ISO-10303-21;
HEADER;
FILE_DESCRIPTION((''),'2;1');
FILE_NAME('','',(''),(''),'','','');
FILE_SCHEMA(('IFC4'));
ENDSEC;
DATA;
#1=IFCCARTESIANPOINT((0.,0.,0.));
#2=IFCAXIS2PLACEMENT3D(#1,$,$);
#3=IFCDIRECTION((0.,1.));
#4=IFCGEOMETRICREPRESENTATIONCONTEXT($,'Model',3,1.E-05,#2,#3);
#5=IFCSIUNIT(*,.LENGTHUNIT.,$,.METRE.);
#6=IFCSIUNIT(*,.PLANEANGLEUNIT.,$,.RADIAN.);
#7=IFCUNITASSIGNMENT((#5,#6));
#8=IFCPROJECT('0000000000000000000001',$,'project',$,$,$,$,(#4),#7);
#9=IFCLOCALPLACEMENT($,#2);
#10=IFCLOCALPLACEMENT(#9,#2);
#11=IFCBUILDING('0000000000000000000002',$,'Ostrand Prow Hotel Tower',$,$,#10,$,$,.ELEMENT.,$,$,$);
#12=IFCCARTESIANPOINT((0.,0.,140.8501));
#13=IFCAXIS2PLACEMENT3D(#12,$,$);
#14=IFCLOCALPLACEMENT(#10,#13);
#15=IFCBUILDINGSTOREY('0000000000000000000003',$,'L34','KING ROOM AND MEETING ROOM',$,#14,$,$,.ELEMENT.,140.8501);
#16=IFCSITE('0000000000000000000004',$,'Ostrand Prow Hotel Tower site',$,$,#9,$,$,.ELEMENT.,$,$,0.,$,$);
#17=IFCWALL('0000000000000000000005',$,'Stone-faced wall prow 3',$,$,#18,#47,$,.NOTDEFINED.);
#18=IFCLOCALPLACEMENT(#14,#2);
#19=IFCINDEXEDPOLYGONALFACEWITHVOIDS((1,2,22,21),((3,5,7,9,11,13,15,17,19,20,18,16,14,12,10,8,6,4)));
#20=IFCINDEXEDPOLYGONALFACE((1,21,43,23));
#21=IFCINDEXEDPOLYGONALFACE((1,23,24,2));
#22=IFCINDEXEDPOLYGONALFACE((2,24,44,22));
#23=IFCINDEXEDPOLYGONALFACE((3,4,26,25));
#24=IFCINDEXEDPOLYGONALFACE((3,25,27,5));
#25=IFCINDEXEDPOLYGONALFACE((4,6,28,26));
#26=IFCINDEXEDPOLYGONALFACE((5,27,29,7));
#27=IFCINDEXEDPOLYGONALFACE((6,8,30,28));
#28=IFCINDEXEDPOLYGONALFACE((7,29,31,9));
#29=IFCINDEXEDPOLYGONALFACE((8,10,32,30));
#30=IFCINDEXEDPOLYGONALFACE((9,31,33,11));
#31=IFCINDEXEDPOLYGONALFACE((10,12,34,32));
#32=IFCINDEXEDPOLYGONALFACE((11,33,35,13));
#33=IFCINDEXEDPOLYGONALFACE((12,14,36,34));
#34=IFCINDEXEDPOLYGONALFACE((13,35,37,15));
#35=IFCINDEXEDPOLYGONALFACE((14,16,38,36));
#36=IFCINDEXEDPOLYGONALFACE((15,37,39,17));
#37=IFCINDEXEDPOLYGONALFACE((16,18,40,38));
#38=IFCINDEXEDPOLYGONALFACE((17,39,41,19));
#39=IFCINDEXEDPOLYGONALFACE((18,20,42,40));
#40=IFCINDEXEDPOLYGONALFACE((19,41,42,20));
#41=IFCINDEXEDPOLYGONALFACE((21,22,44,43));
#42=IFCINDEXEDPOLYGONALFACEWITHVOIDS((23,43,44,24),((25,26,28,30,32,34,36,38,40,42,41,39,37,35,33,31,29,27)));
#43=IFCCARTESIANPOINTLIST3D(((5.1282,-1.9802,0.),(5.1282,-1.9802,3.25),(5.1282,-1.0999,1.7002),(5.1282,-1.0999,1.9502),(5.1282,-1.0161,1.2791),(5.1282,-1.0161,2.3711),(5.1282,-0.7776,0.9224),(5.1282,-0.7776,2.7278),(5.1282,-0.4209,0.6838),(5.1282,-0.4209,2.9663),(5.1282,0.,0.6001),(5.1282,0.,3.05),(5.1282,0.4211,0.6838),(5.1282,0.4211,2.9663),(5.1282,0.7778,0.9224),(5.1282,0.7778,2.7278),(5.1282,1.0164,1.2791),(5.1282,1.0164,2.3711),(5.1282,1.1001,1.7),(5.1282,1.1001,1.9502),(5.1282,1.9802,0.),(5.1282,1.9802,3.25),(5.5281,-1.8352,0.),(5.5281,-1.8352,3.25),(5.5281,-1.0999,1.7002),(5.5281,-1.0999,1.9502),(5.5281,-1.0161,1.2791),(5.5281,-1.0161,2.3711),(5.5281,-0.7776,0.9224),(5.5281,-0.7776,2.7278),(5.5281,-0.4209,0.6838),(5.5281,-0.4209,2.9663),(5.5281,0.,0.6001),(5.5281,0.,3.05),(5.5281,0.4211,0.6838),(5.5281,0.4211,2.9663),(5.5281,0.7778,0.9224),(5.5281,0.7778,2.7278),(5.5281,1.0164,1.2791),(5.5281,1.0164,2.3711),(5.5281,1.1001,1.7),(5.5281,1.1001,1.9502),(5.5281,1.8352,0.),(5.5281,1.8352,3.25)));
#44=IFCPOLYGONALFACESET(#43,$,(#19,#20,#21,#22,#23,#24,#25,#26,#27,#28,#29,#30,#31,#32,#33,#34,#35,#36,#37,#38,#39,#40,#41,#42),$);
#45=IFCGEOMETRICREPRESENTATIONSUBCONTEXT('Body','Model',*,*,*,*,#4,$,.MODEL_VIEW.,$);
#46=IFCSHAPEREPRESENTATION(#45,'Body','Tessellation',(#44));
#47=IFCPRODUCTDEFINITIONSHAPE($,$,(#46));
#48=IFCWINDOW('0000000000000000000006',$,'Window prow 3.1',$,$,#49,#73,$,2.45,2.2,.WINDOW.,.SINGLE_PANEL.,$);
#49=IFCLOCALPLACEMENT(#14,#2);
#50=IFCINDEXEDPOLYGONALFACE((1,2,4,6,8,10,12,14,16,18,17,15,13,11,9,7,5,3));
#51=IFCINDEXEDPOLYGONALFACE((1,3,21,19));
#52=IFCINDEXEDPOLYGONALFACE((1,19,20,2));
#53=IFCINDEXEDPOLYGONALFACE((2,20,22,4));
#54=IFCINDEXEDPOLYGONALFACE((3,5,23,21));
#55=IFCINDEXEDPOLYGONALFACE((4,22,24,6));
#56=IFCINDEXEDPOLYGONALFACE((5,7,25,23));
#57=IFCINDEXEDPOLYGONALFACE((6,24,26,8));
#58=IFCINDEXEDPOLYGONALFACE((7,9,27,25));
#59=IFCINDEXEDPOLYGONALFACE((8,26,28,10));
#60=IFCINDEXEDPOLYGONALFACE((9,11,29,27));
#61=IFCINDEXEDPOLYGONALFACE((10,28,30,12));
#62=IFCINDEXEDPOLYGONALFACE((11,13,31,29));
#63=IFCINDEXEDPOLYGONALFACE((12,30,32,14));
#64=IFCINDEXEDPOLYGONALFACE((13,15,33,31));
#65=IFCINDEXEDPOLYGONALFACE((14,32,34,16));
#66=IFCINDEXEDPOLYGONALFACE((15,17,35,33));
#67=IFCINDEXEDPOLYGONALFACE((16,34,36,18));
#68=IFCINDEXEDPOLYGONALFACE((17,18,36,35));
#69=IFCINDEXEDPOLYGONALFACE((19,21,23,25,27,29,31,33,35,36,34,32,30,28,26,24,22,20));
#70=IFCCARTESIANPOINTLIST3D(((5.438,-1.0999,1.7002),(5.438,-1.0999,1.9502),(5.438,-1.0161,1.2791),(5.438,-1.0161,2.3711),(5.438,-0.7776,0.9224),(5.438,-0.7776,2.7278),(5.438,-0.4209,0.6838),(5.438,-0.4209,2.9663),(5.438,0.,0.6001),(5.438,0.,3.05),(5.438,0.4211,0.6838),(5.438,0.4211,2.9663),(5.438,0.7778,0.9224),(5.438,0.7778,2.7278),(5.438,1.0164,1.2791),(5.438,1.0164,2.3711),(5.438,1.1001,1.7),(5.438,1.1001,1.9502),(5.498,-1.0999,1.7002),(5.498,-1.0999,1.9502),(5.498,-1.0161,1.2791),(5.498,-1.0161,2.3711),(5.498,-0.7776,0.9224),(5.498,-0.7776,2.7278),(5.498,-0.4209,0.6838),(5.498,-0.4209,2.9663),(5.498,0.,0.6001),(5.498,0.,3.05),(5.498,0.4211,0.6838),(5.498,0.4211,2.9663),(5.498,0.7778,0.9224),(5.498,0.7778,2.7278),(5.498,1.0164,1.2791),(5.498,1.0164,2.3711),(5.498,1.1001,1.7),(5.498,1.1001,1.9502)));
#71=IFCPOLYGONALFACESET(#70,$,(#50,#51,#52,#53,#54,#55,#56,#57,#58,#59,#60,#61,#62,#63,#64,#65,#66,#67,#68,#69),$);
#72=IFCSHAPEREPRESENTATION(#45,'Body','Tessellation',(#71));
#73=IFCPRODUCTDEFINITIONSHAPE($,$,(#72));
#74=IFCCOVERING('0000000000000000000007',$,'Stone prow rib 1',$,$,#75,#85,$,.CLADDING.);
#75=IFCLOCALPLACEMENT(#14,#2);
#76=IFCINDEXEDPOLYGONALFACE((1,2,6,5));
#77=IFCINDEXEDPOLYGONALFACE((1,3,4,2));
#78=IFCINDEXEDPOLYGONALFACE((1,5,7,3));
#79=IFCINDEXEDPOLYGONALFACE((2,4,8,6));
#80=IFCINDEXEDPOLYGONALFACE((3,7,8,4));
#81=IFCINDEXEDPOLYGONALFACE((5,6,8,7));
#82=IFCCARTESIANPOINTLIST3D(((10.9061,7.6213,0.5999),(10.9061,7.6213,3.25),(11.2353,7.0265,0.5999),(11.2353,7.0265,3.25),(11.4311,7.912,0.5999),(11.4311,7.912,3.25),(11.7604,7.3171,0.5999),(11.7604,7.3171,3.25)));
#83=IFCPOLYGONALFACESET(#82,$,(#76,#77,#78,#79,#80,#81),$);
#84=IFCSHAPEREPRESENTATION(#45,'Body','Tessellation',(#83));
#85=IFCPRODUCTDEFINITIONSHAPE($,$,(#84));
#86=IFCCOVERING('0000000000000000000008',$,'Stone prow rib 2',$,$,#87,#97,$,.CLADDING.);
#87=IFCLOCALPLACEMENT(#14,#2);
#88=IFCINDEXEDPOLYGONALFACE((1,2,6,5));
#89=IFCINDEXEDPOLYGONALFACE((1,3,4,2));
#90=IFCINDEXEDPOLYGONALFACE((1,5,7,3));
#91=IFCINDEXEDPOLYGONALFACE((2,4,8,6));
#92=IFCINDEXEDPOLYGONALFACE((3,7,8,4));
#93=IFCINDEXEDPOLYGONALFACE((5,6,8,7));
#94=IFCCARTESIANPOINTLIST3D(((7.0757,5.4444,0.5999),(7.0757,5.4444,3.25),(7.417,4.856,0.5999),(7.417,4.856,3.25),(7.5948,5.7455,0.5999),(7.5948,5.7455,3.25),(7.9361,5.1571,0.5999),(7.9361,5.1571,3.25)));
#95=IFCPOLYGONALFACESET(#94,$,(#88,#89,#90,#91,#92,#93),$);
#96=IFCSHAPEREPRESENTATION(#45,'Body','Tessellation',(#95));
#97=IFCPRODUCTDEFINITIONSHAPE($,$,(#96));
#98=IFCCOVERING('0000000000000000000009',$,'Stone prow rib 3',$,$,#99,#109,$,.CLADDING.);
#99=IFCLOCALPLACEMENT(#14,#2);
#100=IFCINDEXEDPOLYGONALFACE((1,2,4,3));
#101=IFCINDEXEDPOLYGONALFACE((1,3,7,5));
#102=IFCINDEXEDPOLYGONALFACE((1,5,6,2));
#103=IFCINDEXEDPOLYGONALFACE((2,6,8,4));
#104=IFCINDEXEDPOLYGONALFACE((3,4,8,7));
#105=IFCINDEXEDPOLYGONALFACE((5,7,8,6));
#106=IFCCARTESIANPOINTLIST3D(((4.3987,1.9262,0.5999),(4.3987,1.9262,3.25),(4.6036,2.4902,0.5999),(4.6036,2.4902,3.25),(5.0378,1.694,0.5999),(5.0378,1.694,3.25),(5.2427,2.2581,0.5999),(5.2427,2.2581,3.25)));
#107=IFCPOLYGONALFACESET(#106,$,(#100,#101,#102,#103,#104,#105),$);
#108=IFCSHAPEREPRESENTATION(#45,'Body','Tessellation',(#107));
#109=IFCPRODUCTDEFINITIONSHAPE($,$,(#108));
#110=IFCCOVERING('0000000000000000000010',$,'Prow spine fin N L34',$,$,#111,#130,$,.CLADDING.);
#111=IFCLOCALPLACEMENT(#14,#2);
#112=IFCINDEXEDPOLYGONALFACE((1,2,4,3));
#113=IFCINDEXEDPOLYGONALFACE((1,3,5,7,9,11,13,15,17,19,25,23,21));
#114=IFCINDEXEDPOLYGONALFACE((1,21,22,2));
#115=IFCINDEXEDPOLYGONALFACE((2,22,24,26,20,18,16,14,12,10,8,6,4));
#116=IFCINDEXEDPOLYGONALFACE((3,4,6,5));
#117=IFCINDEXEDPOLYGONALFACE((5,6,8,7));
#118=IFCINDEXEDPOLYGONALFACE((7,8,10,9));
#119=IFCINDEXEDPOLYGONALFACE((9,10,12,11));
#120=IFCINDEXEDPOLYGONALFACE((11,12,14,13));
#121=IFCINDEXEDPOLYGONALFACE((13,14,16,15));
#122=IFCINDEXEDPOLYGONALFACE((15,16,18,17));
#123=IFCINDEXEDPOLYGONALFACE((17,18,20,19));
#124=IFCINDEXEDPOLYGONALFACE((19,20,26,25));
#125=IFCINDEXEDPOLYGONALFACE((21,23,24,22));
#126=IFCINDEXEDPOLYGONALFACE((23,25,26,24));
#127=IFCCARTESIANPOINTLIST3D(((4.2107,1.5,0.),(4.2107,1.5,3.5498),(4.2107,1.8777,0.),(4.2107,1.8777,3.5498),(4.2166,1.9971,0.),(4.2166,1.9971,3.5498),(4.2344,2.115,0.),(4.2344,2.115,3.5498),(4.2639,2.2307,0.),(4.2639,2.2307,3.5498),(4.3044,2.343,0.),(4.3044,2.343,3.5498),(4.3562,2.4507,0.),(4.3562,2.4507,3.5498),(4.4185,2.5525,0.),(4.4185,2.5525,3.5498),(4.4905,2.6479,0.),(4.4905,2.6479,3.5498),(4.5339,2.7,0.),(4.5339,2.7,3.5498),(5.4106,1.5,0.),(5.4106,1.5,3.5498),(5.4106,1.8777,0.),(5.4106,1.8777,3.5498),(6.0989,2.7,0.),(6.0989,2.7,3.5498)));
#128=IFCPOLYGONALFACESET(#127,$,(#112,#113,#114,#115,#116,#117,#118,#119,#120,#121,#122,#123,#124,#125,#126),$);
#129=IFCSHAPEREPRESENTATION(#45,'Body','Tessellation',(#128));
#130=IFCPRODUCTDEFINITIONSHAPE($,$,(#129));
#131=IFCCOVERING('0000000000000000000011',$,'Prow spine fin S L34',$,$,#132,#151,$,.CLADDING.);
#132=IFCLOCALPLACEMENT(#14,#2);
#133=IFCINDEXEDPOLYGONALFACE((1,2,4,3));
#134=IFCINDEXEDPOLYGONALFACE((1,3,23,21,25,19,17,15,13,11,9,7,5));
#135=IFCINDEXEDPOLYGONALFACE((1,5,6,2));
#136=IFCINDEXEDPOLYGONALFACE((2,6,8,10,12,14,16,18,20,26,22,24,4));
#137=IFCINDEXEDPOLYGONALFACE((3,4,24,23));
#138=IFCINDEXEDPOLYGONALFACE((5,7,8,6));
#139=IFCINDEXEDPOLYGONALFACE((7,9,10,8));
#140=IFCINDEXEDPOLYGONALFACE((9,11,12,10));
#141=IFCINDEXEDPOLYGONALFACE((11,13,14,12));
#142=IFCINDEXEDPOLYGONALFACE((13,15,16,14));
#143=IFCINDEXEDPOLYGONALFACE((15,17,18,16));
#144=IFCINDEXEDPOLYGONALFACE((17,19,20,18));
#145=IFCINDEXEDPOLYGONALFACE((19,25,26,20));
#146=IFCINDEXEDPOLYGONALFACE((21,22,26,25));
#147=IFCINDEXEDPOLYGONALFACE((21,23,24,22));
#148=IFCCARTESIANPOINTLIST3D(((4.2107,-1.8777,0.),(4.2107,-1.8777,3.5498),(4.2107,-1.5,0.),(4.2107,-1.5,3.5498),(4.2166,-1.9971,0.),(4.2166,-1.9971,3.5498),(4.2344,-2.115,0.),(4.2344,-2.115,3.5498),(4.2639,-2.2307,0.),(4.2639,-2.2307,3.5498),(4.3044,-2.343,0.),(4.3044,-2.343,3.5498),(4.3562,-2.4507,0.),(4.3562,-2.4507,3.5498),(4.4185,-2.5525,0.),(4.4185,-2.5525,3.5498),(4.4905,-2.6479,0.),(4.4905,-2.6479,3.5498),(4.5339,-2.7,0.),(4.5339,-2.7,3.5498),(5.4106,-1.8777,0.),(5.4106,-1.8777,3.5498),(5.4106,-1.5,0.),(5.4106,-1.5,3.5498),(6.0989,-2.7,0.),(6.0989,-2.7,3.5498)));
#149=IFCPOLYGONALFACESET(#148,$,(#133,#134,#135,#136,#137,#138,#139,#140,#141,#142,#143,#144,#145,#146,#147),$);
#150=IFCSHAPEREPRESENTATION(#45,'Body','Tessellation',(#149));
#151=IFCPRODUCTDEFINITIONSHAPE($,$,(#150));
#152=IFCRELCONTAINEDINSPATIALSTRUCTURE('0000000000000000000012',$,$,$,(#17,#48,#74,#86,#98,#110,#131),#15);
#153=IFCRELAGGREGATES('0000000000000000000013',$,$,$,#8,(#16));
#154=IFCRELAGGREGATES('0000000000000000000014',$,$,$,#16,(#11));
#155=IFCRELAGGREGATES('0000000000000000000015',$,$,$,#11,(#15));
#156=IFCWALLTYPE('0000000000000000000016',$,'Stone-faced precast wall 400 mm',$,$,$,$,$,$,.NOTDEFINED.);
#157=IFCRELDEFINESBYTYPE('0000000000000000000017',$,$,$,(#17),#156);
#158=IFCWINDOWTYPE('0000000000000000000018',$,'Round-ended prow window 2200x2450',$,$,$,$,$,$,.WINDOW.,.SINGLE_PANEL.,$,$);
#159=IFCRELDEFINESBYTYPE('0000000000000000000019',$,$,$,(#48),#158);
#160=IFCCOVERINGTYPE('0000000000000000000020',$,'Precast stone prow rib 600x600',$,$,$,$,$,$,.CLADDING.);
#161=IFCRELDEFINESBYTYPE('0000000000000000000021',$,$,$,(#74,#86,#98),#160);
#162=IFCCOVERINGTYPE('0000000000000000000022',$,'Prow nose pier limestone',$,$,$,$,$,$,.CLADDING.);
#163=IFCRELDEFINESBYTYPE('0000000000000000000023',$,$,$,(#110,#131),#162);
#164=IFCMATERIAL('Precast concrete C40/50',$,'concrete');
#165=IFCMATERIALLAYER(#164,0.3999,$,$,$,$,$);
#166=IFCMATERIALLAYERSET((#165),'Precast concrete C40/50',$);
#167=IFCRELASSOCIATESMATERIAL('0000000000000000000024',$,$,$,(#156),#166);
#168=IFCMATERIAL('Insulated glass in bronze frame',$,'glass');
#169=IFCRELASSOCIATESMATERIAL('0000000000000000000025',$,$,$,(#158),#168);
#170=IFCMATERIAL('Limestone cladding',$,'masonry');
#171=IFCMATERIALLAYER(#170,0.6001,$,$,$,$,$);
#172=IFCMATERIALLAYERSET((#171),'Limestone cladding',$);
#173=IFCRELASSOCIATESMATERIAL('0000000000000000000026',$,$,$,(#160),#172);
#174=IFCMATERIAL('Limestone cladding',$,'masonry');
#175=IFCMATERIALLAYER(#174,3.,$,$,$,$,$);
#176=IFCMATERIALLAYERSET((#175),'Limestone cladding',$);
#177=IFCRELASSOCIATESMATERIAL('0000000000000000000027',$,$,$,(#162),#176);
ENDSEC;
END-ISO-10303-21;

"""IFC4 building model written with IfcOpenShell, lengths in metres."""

from ifc_helpers import new_model, si_unit, direction, frame, frame_2d, origin, place, context, subcontext, project, spatial, polyline, rectangle, outline, extrude, material, layer, layer_set, type_object, element, fill, save


model = new_model("IFC4")

# Units and contexts
model_context = context("Model", 3, precision=1e-05, world=origin(), true_north=direction((0.0, 1.0)))
body_context = subcontext(model_context, "Body", "Model", "MODEL_VIEW")
ifc_project = project(units=[si_unit("LENGTHUNIT", "METRE"), si_unit("PLANEANGLEUNIT", "RADIAN")], contexts=[model_context])

# Site, building, storey
site_placement = place(None, origin())
site = spatial("IfcSite", under=ifc_project, at=site_placement, Name="Ostrand Prow Hotel Tower site", CompositionType="ELEMENT", RefElevation=0.0)
building_placement = place(site_placement, origin())
building = spatial("IfcBuilding", under=site, at=building_placement, Name="Ostrand Prow Hotel Tower", CompositionType="ELEMENT")
storey_placement = place(building_placement, frame((0.0, 0.0, 140.8501)))
storey = spatial("IfcBuildingStorey", under=building, at=storey_placement, Name="L34", Description="KING ROOM AND MEETING ROOM", CompositionType="ELEMENT", Elevation=140.8501)

# Wall, opening, window
ifc_material_1 = material(Name="Precast concrete C40/50", Category="concrete")
ifc_layer_1 = layer(ifc_material_1, 0.3999)
ifc_layer_set_1 = layer_set([ifc_layer_1], Name="Precast concrete C40/50")
wall_type_1 = type_object("IfcWallType", Name="Stone-faced precast wall 400 mm", PredefinedType="NOTDEFINED", material=ifc_layer_set_1)
ifc_material_2 = material(Name="Insulated glass in bronze frame", Category="glass")
window_type = type_object("IfcWindowType", Name="Round-ended prow window 2200x2450", PartitioningType="SINGLE_PANEL", PredefinedType="WINDOW", material=ifc_material_2)
wall_1_placement = place(storey_placement, frame((5.3281, 1.9077, 0.0), z_axis=(0.0, 0.0, 1.0), x_axis=(0.0, -1.0, 0.0)))
wall_1 = element("IfcWall", 1, at=wall_1_placement, inside=storey, type_object=wall_type_1, Name="Stone-faced wall prow 3", PredefinedType="NOTDEFINED", context=body_context, shape_type="SweptSolid", body=[
    extrude(outline(polyline([(-0.0725, -0.2), (3.8879, -0.2), (3.7429, 0.2), (0.0725, 0.2), (-0.0725, -0.2)])), origin(), (0.0, 0.0, 1.0), 3.25),
])
opening_1_placement = place(wall_1_placement, frame((0.8076, 0.0, 0.6001)))
opening_1 = element("IfcOpeningElement", 2, at=opening_1_placement, cuts=wall_1, PredefinedType="OPENING", context=body_context, shape_type="SweptSolid", body=[
    extrude(outline(polyline([(0.0, 1.3501), (0.0837, 1.771), (0.3223, 2.1277), (0.679, 2.3662), (1.1001, 2.45), (1.521, 2.3662), (1.8777, 2.1277), (2.1162, 1.771), (2.2, 1.3501), (2.2, 1.1001), (2.1162, 0.679), (1.8777, 0.3223), (1.521, 0.0837), (1.1001, 0.0), (0.679, 0.0837), (0.3223, 0.3223), (0.0837, 0.679), (0.0, 1.0999), (0.0, 1.3501)])), frame((0.0, 0.21, 0.0), z_axis=(0.0, -1.0, 0.0), x_axis=(1.0, 0.0, 0.0)), (0.0, 0.0, 1.0), 0.4199),
])
window_1_placement = place(opening_1_placement, origin())
window_1 = element("IfcWindow", 3, at=window_1_placement, inside=storey, type_object=window_type, Name="Window prow 3.1", OverallHeight=2.45, OverallWidth=2.2, PartitioningType="SINGLE_PANEL", PredefinedType="WINDOW", context=body_context, shape_type="SweptSolid", body=[
    extrude(outline(polyline([(0.0, 1.3501), (0.0837, 1.771), (0.3223, 2.1277), (0.679, 2.3662), (1.1001, 2.45), (1.521, 2.3662), (1.8777, 2.1277), (2.1162, 1.771), (2.2, 1.3501), (2.2, 1.1001), (2.1162, 0.679), (1.8777, 0.3223), (1.521, 0.0837), (1.1001, 0.0), (0.679, 0.0837), (0.3223, 0.3223), (0.0837, 0.679), (0.0, 1.0999), (0.0, 1.3501)])), frame((0.0, 0.1699, 0.0), z_axis=(0.0, -1.0, 0.0), x_axis=(1.0, 0.0, 0.0)), (0.0, 0.0, 1.0), 0.0601),
])
fill(opening_1, window_1)

# Coverings
ifc_material_3 = material(Name="Limestone cladding", Category="masonry")
ifc_layer_2 = layer(ifc_material_3, 0.6001)
ifc_layer_set_2 = layer_set([ifc_layer_2], Name="Limestone cladding")
covering_type_1 = type_object("IfcCoveringType", Name="Precast stone prow rib 600x600", PredefinedType="CLADDING", material=ifc_layer_set_2)
covering_1_placement = place(storey_placement, frame((11.4978, 7.1719, 0.5999), z_axis=(0.0, 0.0, 1.0), x_axis=(-0.484301, 0.874901, 0.0)))
element("IfcCovering", 4, at=covering_1_placement, inside=storey, type_object=covering_type_1, Name="Stone prow rib 1", PredefinedType="CLADDING", context=body_context, shape_type="SweptSolid", body=[
    extrude(rectangle(XDim=0.6799, YDim=0.6001, at=frame_2d((0.3398, 0.0))), origin(), (0.0, 0.0, 1.0), 2.6501),
])
covering_2_placement = place(storey_placement, frame((7.6765, 5.0066, 0.5999), z_axis=(0.0, 0.0, 1.0), x_axis=(-0.501772, 0.865, 0.0)))
element("IfcCovering", 5, at=covering_2_placement, inside=storey, type_object=covering_type_1, Name="Stone prow rib 2", PredefinedType="CLADDING", context=body_context, shape_type="SweptSolid", body=[
    extrude(rectangle(XDim=0.6802, YDim=0.6001, at=frame_2d((0.3401, 0.0))), origin(), (0.0, 0.0, 1.0), 2.6501),
])
covering_3_placement = place(storey_placement, frame((5.1401, 1.9761, 0.5999), z_axis=(0.0, 0.0, 1.0), x_axis=(-0.939909, 0.341426, 0.0)))
element("IfcCovering", 6, at=covering_3_placement, inside=storey, type_object=covering_type_1, Name="Stone prow rib 3", PredefinedType="CLADDING", context=body_context, shape_type="SweptSolid", body=[
    extrude(rectangle(XDim=0.6799, YDim=0.6001, at=frame_2d((0.3398, 0.0))), origin(), (0.0, 0.0, 1.0), 2.6501),
])
ifc_material_4 = material(Name="Limestone cladding", Category="masonry")
ifc_layer_3 = layer(ifc_material_4, 3.0)
ifc_layer_set_3 = layer_set([ifc_layer_3], Name="Limestone cladding")
covering_type_2 = type_object("IfcCoveringType", Name="Prow nose pier limestone", PredefinedType="CLADDING", material=ifc_layer_set_3)
covering_4_placement = place(storey_placement, origin())
element("IfcCovering", 7, at=covering_4_placement, inside=storey, type_object=covering_type_2, Name="Prow spine fin N L34", PredefinedType="CLADDING", context=body_context, shape_type="SweptSolid", body=[
    extrude(outline(polyline([(4.2107, 1.8777), (4.2107, 1.5), (5.4106, 1.5), (5.4106, 1.8777), (6.0989, 2.7), (4.5339, 2.7), (4.4905, 2.6479), (4.4185, 2.5525), (4.3562, 2.4507), (4.3044, 2.343), (4.2639, 2.2307), (4.2344, 2.115), (4.2166, 1.9971), (4.2107, 1.8777)])), origin(), (0.0, 0.0, 1.0), 3.5498),
])
covering_5_placement = place(storey_placement, origin())
element("IfcCovering", 8, at=covering_5_placement, inside=storey, type_object=covering_type_2, Name="Prow spine fin S L34", PredefinedType="CLADDING", context=body_context, shape_type="SweptSolid", body=[
    extrude(outline(polyline([(4.4905, -2.6479), (4.5339, -2.7), (6.0989, -2.7), (5.4106, -1.8777), (5.4106, -1.5), (4.2107, -1.5), (4.2107, -1.8777), (4.2166, -1.9971), (4.2344, -2.115), (4.2639, -2.2307), (4.3044, -2.343), (4.3562, -2.4507), (4.4185, -2.5525), (4.4905, -2.6479)])), origin(), (0.0, 0.0, 1.0), 3.5498),
])

save(model, "model.ifc")
